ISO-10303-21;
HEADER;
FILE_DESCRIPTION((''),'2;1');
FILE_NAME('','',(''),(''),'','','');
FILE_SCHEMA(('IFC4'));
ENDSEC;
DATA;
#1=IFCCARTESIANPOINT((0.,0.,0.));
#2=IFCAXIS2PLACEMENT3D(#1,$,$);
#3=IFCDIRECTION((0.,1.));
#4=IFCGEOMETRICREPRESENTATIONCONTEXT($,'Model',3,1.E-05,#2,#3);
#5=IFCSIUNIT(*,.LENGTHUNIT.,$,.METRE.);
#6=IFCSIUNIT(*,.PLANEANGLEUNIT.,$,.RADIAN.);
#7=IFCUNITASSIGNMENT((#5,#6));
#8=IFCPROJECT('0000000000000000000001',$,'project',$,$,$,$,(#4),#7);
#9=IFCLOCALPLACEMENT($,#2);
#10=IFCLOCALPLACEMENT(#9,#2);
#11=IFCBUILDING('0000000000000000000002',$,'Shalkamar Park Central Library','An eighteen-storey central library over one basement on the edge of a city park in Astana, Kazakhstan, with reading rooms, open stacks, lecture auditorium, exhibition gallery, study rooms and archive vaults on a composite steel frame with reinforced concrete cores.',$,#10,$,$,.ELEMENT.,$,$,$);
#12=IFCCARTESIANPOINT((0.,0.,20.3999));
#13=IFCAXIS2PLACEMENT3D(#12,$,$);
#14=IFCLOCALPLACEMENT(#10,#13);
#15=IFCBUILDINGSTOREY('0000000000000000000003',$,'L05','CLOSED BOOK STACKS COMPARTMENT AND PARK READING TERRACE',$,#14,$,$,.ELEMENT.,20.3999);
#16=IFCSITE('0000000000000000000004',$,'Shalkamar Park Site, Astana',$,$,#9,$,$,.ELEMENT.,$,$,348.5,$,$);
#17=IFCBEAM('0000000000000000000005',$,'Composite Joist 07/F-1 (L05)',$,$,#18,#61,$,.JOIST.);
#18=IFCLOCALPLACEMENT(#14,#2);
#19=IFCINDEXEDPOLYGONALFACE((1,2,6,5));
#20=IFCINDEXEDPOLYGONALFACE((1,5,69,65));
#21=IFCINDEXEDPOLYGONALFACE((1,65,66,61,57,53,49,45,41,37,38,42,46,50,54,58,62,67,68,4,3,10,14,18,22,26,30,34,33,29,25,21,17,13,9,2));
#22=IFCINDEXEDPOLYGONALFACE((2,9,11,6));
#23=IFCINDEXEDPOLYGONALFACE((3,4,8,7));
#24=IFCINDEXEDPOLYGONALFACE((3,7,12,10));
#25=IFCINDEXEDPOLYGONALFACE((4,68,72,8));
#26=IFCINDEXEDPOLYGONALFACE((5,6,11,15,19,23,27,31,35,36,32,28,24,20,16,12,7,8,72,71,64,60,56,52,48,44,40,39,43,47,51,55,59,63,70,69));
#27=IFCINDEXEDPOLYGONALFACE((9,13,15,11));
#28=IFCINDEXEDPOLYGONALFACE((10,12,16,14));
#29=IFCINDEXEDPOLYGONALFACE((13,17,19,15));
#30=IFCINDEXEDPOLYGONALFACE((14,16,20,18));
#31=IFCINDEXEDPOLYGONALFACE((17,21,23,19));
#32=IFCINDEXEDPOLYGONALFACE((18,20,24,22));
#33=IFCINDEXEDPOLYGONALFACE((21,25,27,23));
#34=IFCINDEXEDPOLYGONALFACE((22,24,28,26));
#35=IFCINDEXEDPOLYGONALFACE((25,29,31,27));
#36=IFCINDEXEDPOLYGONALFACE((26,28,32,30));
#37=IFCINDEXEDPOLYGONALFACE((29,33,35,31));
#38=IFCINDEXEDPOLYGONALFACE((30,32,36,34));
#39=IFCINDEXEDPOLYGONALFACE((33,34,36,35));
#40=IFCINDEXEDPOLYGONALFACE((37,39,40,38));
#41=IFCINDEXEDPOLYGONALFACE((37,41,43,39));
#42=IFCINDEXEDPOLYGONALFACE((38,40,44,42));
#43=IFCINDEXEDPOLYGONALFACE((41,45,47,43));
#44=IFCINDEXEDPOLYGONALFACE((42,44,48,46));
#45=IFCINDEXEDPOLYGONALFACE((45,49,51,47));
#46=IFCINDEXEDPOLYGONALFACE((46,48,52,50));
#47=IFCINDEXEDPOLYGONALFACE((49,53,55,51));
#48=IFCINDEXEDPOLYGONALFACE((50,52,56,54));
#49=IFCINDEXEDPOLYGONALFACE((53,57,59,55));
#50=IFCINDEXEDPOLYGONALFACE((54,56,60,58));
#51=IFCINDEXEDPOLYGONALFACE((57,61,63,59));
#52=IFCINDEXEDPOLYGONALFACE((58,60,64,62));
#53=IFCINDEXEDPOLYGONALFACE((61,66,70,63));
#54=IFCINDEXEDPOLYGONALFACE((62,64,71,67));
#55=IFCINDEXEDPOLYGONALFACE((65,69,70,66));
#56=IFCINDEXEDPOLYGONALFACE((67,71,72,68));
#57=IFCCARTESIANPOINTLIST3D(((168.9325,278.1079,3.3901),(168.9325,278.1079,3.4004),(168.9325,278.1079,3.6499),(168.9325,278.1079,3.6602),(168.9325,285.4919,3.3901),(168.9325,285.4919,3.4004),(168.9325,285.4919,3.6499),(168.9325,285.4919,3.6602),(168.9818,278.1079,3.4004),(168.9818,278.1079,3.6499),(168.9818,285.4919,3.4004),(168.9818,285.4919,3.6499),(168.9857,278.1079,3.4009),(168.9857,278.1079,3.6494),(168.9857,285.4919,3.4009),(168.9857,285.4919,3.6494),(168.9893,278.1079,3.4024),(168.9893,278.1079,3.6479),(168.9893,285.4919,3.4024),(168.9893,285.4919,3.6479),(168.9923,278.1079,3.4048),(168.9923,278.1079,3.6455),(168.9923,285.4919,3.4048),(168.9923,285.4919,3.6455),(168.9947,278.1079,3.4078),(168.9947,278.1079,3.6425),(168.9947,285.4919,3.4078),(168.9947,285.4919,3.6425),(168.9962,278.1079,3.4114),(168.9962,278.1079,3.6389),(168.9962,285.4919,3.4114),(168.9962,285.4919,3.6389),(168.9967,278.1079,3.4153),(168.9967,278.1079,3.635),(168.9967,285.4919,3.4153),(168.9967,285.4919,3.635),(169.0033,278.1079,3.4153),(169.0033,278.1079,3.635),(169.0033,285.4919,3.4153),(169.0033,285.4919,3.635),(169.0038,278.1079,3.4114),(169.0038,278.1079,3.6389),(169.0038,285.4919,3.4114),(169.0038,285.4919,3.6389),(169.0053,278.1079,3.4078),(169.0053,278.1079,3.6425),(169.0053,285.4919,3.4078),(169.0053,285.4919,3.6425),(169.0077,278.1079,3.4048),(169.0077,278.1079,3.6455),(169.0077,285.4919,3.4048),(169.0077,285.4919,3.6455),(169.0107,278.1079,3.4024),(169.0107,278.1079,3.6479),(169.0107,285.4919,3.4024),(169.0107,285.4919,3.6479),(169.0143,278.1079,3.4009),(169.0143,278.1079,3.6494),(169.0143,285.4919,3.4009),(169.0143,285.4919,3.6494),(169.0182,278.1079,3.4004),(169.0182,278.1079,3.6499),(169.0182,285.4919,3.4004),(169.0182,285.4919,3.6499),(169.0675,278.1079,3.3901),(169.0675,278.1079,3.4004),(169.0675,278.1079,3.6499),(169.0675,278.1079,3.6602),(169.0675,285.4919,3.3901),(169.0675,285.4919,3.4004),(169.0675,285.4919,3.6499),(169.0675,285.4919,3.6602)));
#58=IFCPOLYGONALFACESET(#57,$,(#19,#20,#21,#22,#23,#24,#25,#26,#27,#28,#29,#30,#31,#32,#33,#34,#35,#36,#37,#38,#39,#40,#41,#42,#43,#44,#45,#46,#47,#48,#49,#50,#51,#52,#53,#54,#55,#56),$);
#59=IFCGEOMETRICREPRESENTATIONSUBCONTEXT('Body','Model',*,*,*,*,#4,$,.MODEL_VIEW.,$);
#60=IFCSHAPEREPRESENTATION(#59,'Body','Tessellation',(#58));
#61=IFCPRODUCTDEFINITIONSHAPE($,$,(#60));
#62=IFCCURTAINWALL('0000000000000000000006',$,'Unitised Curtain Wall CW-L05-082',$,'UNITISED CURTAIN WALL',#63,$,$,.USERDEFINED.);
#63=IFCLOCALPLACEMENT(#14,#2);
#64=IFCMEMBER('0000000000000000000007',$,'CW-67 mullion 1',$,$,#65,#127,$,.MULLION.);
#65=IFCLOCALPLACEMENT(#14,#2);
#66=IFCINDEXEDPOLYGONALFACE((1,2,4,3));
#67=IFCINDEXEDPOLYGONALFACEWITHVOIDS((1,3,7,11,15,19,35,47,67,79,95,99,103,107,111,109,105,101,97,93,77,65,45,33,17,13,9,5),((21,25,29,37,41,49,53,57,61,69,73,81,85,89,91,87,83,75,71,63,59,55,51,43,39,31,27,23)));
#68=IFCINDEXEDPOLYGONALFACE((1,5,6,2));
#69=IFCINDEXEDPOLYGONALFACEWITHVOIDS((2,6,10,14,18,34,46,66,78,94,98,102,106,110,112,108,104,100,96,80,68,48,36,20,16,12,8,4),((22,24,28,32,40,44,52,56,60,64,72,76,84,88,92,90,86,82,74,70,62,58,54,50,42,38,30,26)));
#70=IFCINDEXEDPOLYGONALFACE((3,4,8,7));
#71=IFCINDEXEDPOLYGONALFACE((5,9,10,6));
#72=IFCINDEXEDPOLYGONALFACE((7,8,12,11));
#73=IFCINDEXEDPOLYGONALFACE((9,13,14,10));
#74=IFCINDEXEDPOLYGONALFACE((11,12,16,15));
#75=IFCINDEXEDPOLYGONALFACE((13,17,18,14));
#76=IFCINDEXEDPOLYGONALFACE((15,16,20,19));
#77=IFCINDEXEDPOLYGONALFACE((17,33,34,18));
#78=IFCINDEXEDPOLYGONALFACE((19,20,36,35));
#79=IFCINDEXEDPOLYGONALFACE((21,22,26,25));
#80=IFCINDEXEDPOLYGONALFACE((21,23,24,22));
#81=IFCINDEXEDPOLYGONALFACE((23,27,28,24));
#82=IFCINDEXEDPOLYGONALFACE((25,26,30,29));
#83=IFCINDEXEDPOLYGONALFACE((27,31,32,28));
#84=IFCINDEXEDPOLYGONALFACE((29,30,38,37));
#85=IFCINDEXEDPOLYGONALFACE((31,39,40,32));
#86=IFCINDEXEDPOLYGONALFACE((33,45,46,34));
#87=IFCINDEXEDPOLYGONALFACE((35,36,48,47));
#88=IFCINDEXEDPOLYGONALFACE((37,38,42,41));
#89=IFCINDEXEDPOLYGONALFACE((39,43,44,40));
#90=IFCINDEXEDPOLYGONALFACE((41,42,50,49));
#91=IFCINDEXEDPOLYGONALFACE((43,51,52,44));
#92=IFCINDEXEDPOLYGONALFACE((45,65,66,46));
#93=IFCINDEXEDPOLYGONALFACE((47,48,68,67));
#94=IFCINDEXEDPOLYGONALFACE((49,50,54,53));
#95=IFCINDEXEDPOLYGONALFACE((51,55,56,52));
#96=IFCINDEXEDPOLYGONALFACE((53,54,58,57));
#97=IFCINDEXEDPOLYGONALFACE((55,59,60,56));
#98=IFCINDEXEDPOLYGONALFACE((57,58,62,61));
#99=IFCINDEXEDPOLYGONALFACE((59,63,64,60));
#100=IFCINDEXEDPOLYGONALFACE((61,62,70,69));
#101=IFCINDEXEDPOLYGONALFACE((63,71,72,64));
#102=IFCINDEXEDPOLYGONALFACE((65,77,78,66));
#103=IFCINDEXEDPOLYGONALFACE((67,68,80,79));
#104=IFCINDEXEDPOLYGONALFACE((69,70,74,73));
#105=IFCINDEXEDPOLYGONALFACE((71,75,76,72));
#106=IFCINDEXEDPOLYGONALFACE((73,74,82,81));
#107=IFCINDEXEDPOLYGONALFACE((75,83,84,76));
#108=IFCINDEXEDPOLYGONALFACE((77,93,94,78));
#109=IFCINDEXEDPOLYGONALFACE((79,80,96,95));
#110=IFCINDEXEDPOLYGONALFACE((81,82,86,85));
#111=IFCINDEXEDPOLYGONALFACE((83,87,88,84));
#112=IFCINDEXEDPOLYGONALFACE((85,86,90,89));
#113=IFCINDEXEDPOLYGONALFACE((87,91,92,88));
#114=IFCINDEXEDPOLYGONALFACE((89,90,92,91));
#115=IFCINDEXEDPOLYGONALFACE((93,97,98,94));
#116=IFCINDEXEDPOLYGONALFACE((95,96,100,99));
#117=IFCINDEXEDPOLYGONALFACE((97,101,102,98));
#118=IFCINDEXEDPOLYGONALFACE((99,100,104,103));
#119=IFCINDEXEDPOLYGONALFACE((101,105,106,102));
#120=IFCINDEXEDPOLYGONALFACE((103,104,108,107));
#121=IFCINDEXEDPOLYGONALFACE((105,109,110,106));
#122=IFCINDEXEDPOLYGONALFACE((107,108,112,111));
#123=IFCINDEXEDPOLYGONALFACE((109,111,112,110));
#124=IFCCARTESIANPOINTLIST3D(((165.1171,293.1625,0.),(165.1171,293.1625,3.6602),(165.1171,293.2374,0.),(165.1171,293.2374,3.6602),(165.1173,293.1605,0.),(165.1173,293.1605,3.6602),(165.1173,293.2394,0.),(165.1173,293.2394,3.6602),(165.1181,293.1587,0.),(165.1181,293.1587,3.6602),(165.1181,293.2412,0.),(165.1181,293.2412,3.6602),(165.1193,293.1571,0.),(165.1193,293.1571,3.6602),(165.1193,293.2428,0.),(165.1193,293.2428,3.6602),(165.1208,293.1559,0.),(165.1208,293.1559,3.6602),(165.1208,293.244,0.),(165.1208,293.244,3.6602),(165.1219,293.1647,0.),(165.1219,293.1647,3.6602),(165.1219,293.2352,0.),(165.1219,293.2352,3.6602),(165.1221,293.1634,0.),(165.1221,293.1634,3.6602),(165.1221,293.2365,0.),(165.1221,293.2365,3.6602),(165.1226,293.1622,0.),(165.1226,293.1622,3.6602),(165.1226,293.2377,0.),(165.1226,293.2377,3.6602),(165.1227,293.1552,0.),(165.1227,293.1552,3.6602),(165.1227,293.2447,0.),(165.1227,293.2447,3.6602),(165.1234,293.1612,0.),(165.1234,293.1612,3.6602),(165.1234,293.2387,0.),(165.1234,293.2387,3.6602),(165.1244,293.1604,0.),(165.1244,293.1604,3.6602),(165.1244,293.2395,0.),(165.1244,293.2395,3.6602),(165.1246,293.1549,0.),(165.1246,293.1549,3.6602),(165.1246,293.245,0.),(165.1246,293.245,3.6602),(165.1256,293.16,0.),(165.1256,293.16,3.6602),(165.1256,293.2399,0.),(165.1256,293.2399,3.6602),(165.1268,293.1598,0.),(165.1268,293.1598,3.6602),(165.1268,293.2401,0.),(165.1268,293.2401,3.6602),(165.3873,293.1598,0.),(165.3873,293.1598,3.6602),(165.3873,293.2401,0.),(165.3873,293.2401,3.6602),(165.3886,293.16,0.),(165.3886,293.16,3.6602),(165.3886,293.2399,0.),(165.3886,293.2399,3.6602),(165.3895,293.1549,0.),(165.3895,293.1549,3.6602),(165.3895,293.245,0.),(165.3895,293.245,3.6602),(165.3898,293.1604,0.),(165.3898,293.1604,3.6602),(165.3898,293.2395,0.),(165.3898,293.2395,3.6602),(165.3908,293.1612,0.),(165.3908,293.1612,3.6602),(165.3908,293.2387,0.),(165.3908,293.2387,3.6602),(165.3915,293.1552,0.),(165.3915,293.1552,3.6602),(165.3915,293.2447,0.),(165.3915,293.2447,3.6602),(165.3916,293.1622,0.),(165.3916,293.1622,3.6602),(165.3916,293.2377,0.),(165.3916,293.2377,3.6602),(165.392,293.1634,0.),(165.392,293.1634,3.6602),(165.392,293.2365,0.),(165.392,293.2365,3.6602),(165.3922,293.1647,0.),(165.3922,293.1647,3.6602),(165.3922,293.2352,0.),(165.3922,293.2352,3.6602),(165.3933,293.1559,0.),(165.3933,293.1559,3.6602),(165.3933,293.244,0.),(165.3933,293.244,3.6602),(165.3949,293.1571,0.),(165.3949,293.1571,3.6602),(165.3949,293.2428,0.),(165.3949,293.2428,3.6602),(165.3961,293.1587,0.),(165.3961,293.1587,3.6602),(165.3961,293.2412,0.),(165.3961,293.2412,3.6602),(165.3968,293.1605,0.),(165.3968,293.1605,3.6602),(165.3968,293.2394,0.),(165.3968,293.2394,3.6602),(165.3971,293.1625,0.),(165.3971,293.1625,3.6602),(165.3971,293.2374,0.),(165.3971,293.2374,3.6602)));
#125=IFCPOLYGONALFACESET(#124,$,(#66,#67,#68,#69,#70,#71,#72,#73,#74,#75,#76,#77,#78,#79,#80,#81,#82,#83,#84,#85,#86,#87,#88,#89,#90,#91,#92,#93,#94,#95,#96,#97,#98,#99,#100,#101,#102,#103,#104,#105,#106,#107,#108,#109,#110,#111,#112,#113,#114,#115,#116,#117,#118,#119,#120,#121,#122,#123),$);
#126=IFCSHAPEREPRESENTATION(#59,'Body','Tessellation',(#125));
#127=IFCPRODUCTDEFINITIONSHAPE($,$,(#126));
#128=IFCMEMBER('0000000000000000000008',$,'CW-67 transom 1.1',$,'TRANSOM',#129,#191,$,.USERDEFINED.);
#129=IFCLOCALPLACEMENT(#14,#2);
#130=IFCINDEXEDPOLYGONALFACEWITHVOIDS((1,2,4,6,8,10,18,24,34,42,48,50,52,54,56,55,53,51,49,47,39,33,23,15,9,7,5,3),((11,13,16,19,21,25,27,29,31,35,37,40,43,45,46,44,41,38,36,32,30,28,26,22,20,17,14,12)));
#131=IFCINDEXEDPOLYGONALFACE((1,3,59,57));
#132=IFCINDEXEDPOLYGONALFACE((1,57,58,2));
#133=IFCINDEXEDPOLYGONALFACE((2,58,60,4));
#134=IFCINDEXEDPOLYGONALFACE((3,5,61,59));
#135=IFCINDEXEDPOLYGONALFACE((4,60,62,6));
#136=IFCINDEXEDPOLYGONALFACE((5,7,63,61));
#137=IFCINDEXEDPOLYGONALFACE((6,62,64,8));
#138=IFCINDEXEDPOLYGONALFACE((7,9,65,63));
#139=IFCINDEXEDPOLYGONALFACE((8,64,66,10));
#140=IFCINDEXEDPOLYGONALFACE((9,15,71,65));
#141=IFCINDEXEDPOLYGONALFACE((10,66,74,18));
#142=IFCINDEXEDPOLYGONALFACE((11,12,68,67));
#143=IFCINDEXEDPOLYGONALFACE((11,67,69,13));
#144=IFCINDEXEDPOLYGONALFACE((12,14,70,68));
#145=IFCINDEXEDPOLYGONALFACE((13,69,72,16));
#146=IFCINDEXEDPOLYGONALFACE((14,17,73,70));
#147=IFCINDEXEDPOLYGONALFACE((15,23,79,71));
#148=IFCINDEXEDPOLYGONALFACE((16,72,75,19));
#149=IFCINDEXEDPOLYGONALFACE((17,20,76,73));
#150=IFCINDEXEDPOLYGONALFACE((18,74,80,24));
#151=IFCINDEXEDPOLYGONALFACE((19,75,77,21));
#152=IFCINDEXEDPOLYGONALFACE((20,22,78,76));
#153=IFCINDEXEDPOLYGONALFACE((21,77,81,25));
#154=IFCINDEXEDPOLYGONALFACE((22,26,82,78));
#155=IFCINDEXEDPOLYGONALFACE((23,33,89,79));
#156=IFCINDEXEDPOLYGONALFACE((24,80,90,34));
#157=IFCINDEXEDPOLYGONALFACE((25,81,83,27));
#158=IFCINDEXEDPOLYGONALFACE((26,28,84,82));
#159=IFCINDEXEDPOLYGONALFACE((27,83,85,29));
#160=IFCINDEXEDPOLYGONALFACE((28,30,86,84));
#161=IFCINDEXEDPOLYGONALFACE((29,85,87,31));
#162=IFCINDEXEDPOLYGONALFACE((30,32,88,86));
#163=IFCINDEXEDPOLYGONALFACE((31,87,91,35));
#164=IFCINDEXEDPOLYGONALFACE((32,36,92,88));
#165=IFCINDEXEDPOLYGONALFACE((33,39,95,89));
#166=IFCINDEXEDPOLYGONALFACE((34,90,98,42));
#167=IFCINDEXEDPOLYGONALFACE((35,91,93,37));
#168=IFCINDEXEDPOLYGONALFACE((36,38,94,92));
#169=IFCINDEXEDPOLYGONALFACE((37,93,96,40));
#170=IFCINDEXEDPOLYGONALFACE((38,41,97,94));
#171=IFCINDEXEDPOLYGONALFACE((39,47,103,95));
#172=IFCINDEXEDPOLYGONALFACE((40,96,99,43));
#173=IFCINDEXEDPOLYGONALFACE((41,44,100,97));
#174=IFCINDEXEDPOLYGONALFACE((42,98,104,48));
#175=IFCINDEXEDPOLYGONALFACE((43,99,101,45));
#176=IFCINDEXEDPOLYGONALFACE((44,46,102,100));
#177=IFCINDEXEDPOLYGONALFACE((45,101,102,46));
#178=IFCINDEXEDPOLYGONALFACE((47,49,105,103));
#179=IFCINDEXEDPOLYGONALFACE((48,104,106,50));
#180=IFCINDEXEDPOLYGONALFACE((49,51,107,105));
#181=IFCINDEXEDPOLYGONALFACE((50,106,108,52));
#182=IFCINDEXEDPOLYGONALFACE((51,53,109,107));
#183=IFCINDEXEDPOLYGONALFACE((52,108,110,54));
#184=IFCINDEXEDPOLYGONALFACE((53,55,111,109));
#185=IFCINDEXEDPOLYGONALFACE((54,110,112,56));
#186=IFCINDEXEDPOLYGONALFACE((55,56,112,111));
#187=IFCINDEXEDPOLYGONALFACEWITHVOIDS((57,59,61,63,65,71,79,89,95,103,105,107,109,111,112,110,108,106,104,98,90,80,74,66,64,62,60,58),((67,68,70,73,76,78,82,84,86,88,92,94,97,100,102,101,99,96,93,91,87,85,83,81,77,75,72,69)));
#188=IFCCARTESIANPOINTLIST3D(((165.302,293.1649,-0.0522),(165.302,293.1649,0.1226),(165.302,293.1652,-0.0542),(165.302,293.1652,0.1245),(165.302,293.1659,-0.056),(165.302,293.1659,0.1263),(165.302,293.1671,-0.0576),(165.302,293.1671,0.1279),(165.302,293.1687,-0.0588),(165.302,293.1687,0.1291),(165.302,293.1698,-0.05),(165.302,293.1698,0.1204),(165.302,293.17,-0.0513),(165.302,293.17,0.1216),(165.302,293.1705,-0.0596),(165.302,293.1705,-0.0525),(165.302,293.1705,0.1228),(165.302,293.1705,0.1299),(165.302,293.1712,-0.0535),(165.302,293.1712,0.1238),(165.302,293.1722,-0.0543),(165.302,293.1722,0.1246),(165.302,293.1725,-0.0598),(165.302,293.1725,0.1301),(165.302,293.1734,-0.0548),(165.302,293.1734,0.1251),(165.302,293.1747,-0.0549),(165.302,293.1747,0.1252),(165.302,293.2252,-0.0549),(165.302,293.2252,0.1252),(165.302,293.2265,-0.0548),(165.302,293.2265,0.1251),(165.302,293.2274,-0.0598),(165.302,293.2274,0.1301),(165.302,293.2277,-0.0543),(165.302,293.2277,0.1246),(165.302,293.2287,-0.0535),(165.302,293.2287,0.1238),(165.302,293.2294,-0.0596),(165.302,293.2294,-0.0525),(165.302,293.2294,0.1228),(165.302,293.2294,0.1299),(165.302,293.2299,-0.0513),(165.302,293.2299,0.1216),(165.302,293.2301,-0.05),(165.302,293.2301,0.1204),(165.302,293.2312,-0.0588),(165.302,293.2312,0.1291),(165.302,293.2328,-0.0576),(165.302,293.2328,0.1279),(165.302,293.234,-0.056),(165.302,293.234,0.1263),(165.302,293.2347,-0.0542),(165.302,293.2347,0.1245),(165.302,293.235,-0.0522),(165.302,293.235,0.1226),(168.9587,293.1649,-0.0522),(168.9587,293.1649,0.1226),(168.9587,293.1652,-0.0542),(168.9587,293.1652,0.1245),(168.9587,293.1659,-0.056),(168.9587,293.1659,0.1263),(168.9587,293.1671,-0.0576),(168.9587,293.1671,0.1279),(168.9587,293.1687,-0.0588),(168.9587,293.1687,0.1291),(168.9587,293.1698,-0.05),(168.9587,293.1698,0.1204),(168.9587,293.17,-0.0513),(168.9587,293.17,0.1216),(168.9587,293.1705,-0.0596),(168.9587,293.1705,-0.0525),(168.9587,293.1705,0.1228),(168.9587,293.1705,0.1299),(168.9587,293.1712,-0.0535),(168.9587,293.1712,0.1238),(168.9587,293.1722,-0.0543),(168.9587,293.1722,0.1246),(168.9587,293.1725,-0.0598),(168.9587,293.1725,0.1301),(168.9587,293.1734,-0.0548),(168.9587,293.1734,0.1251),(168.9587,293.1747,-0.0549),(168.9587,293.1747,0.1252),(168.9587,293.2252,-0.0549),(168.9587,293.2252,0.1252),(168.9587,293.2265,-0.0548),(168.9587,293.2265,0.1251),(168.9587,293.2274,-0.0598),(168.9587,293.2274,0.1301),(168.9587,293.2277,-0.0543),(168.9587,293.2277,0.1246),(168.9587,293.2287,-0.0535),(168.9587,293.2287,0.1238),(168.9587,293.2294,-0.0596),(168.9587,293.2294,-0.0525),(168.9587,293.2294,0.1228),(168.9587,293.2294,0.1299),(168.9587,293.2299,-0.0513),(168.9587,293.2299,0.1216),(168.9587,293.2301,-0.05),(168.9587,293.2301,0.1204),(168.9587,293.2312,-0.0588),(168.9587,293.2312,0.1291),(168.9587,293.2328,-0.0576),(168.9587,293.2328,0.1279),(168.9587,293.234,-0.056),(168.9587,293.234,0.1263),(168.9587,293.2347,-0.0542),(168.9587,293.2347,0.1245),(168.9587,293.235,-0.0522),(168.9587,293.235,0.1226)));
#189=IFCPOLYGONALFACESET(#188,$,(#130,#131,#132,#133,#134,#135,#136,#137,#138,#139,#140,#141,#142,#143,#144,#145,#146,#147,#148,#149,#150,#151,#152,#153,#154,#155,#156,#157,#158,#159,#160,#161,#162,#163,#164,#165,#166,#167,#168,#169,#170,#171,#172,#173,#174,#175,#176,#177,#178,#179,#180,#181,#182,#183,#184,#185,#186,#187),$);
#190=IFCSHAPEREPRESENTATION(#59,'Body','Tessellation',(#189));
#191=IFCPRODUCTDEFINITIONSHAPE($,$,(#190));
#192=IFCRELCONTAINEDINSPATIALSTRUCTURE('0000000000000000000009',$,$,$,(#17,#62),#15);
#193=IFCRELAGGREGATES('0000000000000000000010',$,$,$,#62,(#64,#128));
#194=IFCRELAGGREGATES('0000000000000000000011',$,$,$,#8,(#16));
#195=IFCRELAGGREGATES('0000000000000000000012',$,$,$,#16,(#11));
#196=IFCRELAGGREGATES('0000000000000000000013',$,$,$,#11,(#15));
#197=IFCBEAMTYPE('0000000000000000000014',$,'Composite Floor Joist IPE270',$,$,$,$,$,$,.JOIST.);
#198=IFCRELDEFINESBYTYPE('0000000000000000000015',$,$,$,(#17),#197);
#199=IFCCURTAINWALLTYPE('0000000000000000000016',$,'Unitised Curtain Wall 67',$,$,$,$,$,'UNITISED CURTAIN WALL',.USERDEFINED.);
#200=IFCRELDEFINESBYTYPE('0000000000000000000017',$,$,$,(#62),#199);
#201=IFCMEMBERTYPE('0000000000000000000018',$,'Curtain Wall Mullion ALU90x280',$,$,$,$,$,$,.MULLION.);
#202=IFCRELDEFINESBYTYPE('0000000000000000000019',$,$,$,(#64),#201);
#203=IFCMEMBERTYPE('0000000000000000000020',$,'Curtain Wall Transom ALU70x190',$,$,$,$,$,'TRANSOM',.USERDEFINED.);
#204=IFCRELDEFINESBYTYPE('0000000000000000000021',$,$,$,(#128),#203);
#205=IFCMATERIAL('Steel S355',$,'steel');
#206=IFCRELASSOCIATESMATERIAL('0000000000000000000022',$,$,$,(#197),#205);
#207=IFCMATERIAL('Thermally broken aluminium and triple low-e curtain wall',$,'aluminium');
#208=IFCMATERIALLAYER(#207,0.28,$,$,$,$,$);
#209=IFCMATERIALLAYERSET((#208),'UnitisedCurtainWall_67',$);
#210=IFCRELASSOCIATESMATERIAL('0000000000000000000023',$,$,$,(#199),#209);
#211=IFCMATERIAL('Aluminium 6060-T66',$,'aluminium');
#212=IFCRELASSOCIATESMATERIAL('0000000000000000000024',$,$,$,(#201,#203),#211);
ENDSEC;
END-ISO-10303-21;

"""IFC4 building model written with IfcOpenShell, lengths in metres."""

from ifc_helpers import new_model, si_unit, direction, frame, origin, origin_2d, place, context, subcontext, project, spatial, hollow_rectangle, i_section, extrude, material, layer, layer_set, material_profile, profile_set, type_object, element, aggregate, save


model = new_model("IFC4")

# Units and contexts
model_context = context("Model", 3, precision=1e-05, world=origin(), true_north=direction((0.0, 1.0)))
body_context = subcontext(model_context, "Body", "Model", "MODEL_VIEW")
ifc_project = project(units=[si_unit("LENGTHUNIT", "METRE"), si_unit("PLANEANGLEUNIT", "RADIAN")], contexts=[model_context])

# Site, building, storey
site_placement = place(None, origin())
site = spatial("IfcSite", under=ifc_project, at=site_placement, Name="Shalkamar Park Site, Astana", CompositionType="ELEMENT", RefElevation=348.5)
building_placement = place(site_placement, origin())
building = spatial("IfcBuilding", under=site, at=building_placement, Name="Shalkamar Park Central Library", Description="An eighteen-storey central library over one basement on the edge of a city park in Astana, Kazakhstan, with reading rooms, open stacks, lecture auditorium, exhibition gallery, study rooms and archive vaults on a composite steel frame with reinforced concrete cores.", CompositionType="ELEMENT")
storey_placement = place(building_placement, frame((0.0, 0.0, 20.3999)))
storey = spatial("IfcBuildingStorey", under=building, at=storey_placement, Name="L05", Description="CLOSED BOOK STACKS COMPARTMENT AND PARK READING TERRACE", CompositionType="ELEMENT", Elevation=20.3999)

# Beam
ifc_material_1 = material(Name="Steel S355", Category="steel")
ifc_material_profile_1 = material_profile(ifc_material_1, i_section(OverallWidth=0.135, OverallDepth=0.27, WebThickness=0.0066, FlangeThickness=0.0103, FilletRadius=0.0149, at=origin_2d()), Name="IPE 270")
ifc_profile_set_1 = profile_set([ifc_material_profile_1], Name="Steel S355")
beam_type_1 = type_object("IfcBeamType", Name="Composite Floor Joist IPE270", PredefinedType="JOIST", material=ifc_profile_set_1)
beam_1_placement = place(storey_placement, frame((169.0, 278.1079, 3.5251), z_axis=(0.0, 1.0, 0.0), x_axis=(-1.0, 0.0, 0.0)))
element("IfcBeam", 1, at=beam_1_placement, inside=storey, type_object=beam_type_1, Name="Composite Joist 07/F-1 (L05)", PredefinedType="JOIST", context=body_context, shape_type="SweptSolid", body=[
    extrude(i_section(OverallWidth=0.135, OverallDepth=0.27, WebThickness=0.0066, FlangeThickness=0.0103, FilletRadius=0.0149, at=origin_2d()), origin(), (0.0, 0.0, 1.0), 7.384),
])

# Curtain wall, members
ifc_material_2 = material(Name="Thermally broken aluminium and triple low-e curtain wall", Category="aluminium")
ifc_layer_1 = layer(ifc_material_2, 0.28)
ifc_layer_set_1 = layer_set([ifc_layer_1], Name="UnitisedCurtainWall_67")
curtain_wall_type = type_object("IfcCurtainWallType", Name="Unitised Curtain Wall 67", ElementType="UNITISED CURTAIN WALL", PredefinedType="USERDEFINED", material=ifc_layer_set_1)
curtain_wall_placement = place(storey_placement, origin())
curtain_wall = element("IfcCurtainWall", 2, at=curtain_wall_placement, inside=storey, type_object=curtain_wall_type, Name="Unitised Curtain Wall CW-L05-082", ObjectType="UNITISED CURTAIN WALL", PredefinedType="USERDEFINED")
ifc_material_3 = material(Name="Aluminium 6060-T66", Category="aluminium")
ifc_material_profile_2 = material_profile(ifc_material_3, hollow_rectangle(XDim=0.0901, YDim=0.28, WallThickness=0.0049, InnerFilletRadius=0.0049, OuterFilletRadius=0.0076, at=origin_2d()), Name="ALU 90x280x5")
ifc_profile_set_2 = profile_set([ifc_material_profile_2], Name="Aluminium 6060-T66")
member_type_1 = type_object("IfcMemberType", Name="Curtain Wall Mullion ALU90x280", PredefinedType="MULLION", material=ifc_profile_set_2)
member_1_placement = place(storey_placement, frame((165.2571, 293.2, 0.0), z_axis=(0.0, 0.0, 1.0), x_axis=(0.0, 1.0, 0.0)))
member_1 = element("IfcMember", 3, at=member_1_placement, type_object=member_type_1, Name="CW-67 mullion 1", PredefinedType="MULLION", context=body_context, shape_type="SweptSolid", body=[
    extrude(hollow_rectangle(XDim=0.0901, YDim=0.28, WallThickness=0.0049, InnerFilletRadius=0.0049, OuterFilletRadius=0.0076, at=origin_2d()), origin(), (0.0, 0.0, 1.0), 3.6602),
])
ifc_material_profile_3 = material_profile(ifc_material_3, hollow_rectangle(XDim=0.0701, YDim=0.1899, WallThickness=0.0049, InnerFilletRadius=0.0049, OuterFilletRadius=0.0076, at=origin_2d()), Name="ALU 70x190x5")
ifc_profile_set_3 = profile_set([ifc_material_profile_3], Name="Aluminium 6060-T66")
member_type_2 = type_object("IfcMemberType", Name="Curtain Wall Transom ALU70x190", ElementType="TRANSOM", PredefinedType="USERDEFINED", material=ifc_profile_set_3)
member_2_placement = place(storey_placement, frame((165.302, 293.2, 0.0352), z_axis=(1.0, 0.0, 0.0), x_axis=(0.0, 1.0, 0.0)))
member_2 = element("IfcMember", 4, at=member_2_placement, type_object=member_type_2, Name="CW-67 transom 1.1", ObjectType="TRANSOM", PredefinedType="USERDEFINED", context=body_context, shape_type="SweptSolid", body=[
    extrude(hollow_rectangle(XDim=0.0701, YDim=0.1899, WallThickness=0.0049, InnerFilletRadius=0.0049, OuterFilletRadius=0.0076, at=origin_2d()), origin(), (0.0, 0.0, 1.0), 3.6567),
])

aggregate(curtain_wall, [member_1, member_2])

save(model, "model.ifc")
